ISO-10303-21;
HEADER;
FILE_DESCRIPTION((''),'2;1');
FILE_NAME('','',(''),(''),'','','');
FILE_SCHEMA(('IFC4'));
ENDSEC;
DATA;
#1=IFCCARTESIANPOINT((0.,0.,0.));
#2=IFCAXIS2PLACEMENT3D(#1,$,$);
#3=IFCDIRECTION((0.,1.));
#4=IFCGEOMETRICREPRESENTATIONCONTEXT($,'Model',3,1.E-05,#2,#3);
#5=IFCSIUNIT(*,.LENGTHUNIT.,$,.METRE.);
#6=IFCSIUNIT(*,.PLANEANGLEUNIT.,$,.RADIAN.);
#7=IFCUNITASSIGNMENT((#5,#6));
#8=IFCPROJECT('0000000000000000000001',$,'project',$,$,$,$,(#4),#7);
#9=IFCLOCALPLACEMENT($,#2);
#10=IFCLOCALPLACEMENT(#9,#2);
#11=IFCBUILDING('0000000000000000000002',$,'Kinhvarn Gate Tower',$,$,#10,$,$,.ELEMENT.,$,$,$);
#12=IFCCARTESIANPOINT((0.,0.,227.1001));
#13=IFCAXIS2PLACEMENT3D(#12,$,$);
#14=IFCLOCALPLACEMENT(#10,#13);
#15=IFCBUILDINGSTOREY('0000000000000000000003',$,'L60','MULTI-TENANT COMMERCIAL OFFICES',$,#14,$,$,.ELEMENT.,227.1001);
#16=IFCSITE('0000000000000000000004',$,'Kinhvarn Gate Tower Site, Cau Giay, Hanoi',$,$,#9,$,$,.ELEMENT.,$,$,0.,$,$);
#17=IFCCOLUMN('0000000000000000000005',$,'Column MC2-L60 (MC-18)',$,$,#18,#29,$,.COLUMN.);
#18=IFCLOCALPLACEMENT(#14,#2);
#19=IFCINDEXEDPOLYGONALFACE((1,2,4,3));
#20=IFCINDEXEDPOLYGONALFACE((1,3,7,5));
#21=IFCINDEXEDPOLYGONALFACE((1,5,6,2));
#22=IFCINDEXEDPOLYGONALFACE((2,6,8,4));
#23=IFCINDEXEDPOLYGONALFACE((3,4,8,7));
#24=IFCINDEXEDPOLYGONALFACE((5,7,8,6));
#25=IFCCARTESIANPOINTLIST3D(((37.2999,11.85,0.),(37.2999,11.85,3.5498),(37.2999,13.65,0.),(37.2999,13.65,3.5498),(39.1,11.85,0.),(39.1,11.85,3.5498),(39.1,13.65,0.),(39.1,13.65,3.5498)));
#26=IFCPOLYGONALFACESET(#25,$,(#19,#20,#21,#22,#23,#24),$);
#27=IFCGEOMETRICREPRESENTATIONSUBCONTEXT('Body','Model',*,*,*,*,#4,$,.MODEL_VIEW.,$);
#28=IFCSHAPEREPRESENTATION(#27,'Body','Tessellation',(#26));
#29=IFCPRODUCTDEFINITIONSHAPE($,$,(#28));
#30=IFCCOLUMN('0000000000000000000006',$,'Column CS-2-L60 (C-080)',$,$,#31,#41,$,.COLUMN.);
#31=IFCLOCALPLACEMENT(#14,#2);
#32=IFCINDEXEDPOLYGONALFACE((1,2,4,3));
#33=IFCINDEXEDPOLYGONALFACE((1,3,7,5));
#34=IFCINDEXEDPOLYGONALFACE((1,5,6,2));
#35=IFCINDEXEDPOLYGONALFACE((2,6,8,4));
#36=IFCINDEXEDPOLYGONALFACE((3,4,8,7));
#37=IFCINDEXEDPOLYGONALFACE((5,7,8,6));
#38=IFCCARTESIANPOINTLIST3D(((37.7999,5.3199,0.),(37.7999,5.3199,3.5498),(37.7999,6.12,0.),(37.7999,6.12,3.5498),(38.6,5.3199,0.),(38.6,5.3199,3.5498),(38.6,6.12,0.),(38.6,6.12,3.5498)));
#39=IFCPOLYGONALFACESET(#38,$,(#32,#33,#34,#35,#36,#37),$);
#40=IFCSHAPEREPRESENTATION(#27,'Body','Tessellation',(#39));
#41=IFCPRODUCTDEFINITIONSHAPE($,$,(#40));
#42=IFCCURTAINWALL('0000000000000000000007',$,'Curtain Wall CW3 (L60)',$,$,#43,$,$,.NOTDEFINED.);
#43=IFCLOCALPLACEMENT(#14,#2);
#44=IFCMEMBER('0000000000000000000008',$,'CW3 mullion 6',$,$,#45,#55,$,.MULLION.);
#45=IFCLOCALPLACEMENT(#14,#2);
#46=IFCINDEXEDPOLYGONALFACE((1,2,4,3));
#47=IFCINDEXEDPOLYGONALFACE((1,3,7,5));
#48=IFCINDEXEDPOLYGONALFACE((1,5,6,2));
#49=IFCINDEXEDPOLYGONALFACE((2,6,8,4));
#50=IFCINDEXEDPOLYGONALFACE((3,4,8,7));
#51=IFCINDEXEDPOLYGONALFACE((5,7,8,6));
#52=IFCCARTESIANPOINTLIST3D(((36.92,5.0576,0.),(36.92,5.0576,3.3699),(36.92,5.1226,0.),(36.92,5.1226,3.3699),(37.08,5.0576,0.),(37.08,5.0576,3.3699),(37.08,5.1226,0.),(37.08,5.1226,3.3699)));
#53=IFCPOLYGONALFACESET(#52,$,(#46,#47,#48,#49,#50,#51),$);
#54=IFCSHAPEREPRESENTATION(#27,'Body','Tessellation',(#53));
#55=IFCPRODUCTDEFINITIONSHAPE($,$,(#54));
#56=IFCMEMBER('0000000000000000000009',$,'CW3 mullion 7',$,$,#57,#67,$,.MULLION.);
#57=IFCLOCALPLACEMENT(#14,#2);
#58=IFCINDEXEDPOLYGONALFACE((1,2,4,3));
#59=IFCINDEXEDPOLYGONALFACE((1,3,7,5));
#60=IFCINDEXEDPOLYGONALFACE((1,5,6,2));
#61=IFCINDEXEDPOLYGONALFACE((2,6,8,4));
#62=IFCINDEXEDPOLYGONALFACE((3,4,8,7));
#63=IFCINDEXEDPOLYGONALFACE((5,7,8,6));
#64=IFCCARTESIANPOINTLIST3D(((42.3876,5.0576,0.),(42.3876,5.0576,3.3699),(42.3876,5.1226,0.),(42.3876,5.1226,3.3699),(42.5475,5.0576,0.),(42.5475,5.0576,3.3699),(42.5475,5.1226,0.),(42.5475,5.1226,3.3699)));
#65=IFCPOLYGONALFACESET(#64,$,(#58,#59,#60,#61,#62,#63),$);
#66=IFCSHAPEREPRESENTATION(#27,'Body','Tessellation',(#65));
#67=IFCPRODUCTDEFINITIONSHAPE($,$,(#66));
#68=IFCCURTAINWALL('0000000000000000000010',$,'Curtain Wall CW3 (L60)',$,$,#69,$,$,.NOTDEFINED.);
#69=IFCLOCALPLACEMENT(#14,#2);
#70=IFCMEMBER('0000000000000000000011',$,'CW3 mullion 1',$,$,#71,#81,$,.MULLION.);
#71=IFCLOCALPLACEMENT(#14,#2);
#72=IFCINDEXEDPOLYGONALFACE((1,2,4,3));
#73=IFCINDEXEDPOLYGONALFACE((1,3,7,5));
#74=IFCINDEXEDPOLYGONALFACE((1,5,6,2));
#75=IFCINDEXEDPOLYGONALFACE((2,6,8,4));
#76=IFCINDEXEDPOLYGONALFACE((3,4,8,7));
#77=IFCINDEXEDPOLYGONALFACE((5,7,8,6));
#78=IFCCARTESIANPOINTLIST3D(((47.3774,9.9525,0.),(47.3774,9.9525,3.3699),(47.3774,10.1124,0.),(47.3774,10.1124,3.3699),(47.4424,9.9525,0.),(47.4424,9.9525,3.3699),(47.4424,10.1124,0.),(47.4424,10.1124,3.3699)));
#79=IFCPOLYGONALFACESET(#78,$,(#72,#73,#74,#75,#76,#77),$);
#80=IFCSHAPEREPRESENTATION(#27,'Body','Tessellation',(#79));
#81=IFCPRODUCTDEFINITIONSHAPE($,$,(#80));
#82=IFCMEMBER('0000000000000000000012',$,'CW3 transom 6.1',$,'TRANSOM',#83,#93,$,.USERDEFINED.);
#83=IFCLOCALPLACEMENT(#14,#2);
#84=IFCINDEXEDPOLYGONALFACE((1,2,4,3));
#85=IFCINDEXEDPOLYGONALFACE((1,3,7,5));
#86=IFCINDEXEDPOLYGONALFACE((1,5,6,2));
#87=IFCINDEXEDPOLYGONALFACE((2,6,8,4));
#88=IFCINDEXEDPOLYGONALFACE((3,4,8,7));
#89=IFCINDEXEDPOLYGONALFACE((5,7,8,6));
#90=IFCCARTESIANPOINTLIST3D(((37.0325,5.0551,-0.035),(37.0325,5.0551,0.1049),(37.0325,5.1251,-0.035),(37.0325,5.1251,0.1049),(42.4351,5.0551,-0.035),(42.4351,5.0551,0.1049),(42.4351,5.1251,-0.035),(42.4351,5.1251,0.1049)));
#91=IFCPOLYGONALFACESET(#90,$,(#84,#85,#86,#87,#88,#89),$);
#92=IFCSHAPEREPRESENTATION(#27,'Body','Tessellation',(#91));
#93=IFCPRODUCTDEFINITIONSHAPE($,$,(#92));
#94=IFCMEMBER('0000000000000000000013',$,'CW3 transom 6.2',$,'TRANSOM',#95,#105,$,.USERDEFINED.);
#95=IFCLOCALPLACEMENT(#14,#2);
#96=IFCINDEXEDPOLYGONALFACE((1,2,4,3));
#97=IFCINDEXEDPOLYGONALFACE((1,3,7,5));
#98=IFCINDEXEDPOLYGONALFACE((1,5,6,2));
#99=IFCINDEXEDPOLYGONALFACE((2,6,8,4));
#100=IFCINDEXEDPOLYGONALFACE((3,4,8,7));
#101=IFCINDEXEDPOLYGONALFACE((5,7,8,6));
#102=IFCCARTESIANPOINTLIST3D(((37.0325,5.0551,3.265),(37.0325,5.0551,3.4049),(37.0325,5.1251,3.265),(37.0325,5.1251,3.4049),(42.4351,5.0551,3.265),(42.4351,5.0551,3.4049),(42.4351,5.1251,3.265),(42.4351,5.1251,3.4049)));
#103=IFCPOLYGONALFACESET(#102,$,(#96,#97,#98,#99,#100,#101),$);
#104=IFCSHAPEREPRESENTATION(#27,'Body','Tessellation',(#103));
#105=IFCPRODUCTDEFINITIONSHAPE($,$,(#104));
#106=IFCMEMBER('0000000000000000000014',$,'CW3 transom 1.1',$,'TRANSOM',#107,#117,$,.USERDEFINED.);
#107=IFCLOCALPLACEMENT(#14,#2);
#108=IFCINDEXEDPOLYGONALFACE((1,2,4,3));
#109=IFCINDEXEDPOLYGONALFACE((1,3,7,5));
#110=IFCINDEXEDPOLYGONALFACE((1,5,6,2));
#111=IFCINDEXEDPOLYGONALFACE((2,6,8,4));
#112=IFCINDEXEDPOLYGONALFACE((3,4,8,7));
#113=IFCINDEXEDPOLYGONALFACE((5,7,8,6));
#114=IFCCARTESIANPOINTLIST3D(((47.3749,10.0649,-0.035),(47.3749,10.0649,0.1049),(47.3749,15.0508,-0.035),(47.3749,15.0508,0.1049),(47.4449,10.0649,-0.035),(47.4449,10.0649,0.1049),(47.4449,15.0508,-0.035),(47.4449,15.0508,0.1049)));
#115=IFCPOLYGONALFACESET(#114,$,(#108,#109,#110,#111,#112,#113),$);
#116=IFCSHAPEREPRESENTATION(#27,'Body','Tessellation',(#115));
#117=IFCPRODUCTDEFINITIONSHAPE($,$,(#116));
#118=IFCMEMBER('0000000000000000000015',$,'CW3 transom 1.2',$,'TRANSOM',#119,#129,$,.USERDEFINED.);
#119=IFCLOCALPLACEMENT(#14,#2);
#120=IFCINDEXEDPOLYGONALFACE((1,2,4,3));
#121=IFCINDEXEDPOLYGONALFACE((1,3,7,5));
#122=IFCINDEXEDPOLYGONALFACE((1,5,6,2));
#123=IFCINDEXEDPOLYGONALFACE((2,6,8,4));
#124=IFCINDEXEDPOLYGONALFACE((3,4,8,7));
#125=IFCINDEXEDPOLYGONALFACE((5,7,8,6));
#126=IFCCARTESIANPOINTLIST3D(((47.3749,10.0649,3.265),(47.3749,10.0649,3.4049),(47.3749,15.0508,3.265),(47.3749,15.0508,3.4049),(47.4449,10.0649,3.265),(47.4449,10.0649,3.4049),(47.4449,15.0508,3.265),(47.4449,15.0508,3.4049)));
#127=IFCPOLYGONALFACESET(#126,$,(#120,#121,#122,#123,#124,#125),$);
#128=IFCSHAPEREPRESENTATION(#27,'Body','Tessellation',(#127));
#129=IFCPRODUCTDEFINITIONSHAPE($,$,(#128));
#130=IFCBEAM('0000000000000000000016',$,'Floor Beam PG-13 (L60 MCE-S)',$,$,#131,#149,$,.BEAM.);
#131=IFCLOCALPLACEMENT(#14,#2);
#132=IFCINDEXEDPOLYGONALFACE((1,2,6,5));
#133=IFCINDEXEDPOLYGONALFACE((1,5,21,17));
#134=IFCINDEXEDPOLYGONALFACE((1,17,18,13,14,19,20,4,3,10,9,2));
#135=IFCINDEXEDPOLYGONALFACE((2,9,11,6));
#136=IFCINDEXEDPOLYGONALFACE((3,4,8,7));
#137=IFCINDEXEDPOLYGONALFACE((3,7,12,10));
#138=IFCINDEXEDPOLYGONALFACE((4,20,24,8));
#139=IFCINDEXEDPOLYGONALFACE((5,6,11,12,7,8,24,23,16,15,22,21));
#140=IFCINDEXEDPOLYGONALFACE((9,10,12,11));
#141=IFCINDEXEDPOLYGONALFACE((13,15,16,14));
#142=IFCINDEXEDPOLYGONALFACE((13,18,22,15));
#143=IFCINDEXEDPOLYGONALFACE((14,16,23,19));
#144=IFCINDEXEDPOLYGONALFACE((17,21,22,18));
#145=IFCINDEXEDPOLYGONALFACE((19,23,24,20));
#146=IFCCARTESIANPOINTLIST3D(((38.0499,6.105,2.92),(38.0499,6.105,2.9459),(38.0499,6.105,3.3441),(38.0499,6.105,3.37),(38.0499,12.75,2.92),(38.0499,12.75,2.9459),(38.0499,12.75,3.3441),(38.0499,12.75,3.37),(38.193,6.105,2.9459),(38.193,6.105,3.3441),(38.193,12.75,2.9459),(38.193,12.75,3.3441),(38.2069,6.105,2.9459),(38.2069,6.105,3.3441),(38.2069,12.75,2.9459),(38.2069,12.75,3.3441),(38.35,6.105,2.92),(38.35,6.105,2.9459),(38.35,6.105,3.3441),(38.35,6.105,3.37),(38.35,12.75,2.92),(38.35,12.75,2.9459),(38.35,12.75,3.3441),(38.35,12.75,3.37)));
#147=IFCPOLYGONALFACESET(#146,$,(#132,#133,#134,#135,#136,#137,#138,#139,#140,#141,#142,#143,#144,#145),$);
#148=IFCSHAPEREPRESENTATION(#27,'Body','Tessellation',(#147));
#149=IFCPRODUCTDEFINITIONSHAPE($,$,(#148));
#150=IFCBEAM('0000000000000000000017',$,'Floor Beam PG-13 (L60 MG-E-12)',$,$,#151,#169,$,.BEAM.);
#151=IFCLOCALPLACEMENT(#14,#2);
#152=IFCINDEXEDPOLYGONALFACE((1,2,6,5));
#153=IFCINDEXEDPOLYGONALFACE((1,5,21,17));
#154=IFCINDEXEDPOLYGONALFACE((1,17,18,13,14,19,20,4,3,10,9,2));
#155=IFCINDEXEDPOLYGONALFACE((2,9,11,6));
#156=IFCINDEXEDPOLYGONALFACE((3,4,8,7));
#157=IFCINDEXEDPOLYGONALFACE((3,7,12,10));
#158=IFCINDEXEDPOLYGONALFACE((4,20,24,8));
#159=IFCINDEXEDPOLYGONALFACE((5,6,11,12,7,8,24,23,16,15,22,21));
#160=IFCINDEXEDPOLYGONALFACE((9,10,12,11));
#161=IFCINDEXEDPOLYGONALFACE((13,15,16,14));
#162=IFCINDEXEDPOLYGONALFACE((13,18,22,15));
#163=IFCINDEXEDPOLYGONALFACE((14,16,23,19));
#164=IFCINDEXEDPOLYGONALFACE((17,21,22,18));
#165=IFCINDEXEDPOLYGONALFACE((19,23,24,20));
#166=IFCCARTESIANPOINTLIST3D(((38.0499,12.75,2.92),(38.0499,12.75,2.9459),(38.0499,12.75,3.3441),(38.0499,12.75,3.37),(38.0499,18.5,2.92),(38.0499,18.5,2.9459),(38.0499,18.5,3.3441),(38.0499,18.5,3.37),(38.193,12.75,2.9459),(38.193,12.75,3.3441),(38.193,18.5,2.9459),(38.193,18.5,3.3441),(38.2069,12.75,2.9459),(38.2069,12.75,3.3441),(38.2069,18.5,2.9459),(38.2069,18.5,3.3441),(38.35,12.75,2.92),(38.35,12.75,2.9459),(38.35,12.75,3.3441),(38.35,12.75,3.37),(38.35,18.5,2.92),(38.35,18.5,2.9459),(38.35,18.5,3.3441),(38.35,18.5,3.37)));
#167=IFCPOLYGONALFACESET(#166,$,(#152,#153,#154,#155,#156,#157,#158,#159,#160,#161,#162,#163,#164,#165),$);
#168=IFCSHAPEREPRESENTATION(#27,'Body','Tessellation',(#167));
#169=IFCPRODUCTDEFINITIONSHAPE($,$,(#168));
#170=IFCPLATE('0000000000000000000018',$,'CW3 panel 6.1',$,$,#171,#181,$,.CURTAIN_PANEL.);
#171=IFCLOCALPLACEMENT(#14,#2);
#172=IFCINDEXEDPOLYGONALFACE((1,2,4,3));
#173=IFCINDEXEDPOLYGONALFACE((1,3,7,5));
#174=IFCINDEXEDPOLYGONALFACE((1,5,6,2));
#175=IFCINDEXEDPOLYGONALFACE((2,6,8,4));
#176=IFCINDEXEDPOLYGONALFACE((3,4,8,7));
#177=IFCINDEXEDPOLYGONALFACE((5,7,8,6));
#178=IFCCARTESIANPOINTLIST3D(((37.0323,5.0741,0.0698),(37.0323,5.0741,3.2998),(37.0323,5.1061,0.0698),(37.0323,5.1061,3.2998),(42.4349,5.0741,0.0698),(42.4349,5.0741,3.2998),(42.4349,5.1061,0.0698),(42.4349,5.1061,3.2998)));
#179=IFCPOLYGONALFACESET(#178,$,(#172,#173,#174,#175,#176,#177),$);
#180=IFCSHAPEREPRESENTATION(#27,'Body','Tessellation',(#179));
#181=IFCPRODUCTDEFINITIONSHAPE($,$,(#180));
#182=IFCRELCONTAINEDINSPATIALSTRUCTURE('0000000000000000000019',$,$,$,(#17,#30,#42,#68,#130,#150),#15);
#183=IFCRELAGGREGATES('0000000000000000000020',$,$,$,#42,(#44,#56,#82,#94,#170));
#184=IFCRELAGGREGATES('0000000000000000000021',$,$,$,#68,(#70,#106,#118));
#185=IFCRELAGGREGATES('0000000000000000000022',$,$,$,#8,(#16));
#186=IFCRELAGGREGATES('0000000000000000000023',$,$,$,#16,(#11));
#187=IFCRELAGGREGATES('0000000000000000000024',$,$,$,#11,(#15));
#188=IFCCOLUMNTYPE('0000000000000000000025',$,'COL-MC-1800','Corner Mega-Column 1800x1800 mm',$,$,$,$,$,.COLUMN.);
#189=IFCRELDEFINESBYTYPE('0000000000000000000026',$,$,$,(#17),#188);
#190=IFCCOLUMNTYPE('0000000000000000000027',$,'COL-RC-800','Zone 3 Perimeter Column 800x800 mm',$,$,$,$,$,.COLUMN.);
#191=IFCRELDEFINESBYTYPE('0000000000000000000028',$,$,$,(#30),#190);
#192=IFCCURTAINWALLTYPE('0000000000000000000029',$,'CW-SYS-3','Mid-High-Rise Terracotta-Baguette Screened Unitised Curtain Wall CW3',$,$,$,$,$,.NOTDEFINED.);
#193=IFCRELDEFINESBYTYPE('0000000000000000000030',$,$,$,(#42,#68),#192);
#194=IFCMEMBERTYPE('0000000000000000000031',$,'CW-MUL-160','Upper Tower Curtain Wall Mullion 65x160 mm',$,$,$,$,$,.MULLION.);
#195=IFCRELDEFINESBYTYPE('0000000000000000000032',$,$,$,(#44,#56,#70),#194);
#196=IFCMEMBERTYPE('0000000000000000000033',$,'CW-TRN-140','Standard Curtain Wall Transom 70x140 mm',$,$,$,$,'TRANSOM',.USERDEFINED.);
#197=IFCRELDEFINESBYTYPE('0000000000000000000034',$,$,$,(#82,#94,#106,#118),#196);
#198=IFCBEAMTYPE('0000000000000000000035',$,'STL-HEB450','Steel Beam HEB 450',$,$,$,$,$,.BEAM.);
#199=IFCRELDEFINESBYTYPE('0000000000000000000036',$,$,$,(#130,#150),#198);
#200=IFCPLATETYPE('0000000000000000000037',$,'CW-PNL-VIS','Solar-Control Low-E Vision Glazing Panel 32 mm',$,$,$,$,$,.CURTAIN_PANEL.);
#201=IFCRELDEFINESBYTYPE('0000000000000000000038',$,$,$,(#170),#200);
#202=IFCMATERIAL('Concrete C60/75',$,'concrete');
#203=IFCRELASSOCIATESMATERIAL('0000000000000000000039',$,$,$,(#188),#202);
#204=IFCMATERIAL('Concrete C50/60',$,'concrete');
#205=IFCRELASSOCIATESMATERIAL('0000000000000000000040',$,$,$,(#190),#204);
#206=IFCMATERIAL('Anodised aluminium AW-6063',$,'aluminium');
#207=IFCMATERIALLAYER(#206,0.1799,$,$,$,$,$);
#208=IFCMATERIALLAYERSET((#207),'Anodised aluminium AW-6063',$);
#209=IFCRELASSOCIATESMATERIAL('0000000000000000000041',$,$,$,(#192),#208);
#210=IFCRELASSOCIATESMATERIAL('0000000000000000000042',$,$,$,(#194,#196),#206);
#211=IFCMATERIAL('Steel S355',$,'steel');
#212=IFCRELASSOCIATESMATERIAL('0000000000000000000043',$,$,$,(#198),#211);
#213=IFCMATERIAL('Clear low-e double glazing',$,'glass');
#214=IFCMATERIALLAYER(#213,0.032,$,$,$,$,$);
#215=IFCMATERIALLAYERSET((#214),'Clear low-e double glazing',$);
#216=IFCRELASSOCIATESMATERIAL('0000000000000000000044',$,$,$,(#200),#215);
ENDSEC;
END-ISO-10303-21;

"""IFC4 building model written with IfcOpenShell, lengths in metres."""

from ifc_helpers import new_model, si_unit, direction, frame, origin, origin_2d, place, context, subcontext, project, spatial, rectangle, i_section, extrude, material, layer, layer_set, material_profile, profile_set, type_object, element, aggregate, save


model = new_model("IFC4")

# Units and contexts
model_context = context("Model", 3, precision=1e-05, world=origin(), true_north=direction((0.0, 1.0)))
body_context = subcontext(model_context, "Body", "Model", "MODEL_VIEW")
ifc_project = project(units=[si_unit("LENGTHUNIT", "METRE"), si_unit("PLANEANGLEUNIT", "RADIAN")], contexts=[model_context])

# Site, building, storey
site_placement = place(None, origin())
site = spatial("IfcSite", under=ifc_project, at=site_placement, Name="Kinhvarn Gate Tower Site, Cau Giay, Hanoi", CompositionType="ELEMENT", RefElevation=0.0)
building_placement = place(site_placement, origin())
building = spatial("IfcBuilding", under=site, at=building_placement, Name="Kinhvarn Gate Tower", CompositionType="ELEMENT")
storey_placement = place(building_placement, frame((0.0, 0.0, 227.1001)))
storey = spatial("IfcBuildingStorey", under=building, at=storey_placement, Name="L60", Description="MULTI-TENANT COMMERCIAL OFFICES", CompositionType="ELEMENT", Elevation=227.1001)

# Columns
ifc_material_1 = material(Name="Concrete C60/75", Category="concrete")
ifc_material_profile_1 = material_profile(ifc_material_1, rectangle(XDim=1.8, YDim=1.8, at=origin_2d()), Name="RC 1800x1800")
ifc_profile_set_1 = profile_set([ifc_material_profile_1], Name="Concrete C60/75")
column_type_1 = type_object("IfcColumnType", Name="COL-MC-1800", Description="Corner Mega-Column 1800x1800 mm", PredefinedType="COLUMN", material=ifc_profile_set_1)
column_1_placement = place(storey_placement, frame((38.2, 12.75, 0.0), z_axis=(0.0, 0.0, 1.0), x_axis=(1.0, 0.0, 0.0)))
element("IfcColumn", 1, at=column_1_placement, inside=storey, type_object=column_type_1, Name="Column MC2-L60 (MC-18)", PredefinedType="COLUMN", context=body_context, shape_type="SweptSolid", body=[
    extrude(rectangle(XDim=1.8, YDim=1.8, at=origin_2d()), origin(), (0.0, 0.0, 1.0), 3.5498),
])
ifc_material_2 = material(Name="Concrete C50/60", Category="concrete")
ifc_material_profile_2 = material_profile(ifc_material_2, rectangle(XDim=0.8, YDim=0.8, at=origin_2d()), Name="RC 800x800")
ifc_profile_set_2 = profile_set([ifc_material_profile_2], Name="Concrete C50/60")
column_type_2 = type_object("IfcColumnType", Name="COL-RC-800", Description="Zone 3 Perimeter Column 800x800 mm", PredefinedType="COLUMN", material=ifc_profile_set_2)
column_2_placement = place(storey_placement, frame((38.2, 5.72, 0.0), z_axis=(0.0, 0.0, 1.0), x_axis=(1.0, 0.0, 0.0)))
element("IfcColumn", 2, at=column_2_placement, inside=storey, type_object=column_type_2, Name="Column CS-2-L60 (C-080)", PredefinedType="COLUMN", context=body_context, shape_type="SweptSolid", body=[
    extrude(rectangle(XDim=0.8, YDim=0.8, at=origin_2d()), origin(), (0.0, 0.0, 1.0), 3.5498),
])

# Curtain wall, members
ifc_material_3 = material(Name="Anodised aluminium AW-6063", Category="aluminium")
ifc_layer_1 = layer(ifc_material_3, 0.1799)
ifc_layer_set_1 = layer_set([ifc_layer_1], Name="Anodised aluminium AW-6063")
curtain_wall_type = type_object("IfcCurtainWallType", Name="CW-SYS-3", Description="Mid-High-Rise Terracotta-Baguette Screened Unitised Curtain Wall CW3", PredefinedType="NOTDEFINED", material=ifc_layer_set_1)
curtain_wall_1_placement = place(storey_placement, origin())
curtain_wall_1 = element("IfcCurtainWall", 3, at=curtain_wall_1_placement, inside=storey, type_object=curtain_wall_type, Name="Curtain Wall CW3 (L60)", PredefinedType="NOTDEFINED")
ifc_material_profile_3 = material_profile(ifc_material_3, rectangle(XDim=0.0649, YDim=0.1599, at=origin_2d()), Name="ALU 65x160")
ifc_profile_set_3 = profile_set([ifc_material_profile_3], Name="Anodised aluminium AW-6063")
member_type_1 = type_object("IfcMemberType", Name="CW-MUL-160", Description="Upper Tower Curtain Wall Mullion 65x160 mm", PredefinedType="MULLION", material=ifc_profile_set_3)
member_1_placement = place(storey_placement, frame((37.0, 5.0901, 0.0), z_axis=(0.0, 0.0, 1.0), x_axis=(0.0, 1.0, 0.0)))
member_1 = element("IfcMember", 4, at=member_1_placement, type_object=member_type_1, Name="CW3 mullion 6", PredefinedType="MULLION", context=body_context, shape_type="SweptSolid", body=[
    extrude(rectangle(XDim=0.0649, YDim=0.1599, at=origin_2d()), origin(), (0.0, 0.0, 1.0), 3.3699),
])
member_2_placement = place(storey_placement, frame((42.4675, 5.0901, 0.0), z_axis=(0.0, 0.0, 1.0), x_axis=(0.0, 1.0, 0.0)))
member_2 = element("IfcMember", 5, at=member_2_placement, type_object=member_type_1, Name="CW3 mullion 7", PredefinedType="MULLION", context=body_context, shape_type="SweptSolid", body=[
    extrude(rectangle(XDim=0.0649, YDim=0.1599, at=origin_2d()), origin(), (0.0, 0.0, 1.0), 3.3699),
])

# Curtain wall, member
curtain_wall_2_placement = place(storey_placement, origin())
curtain_wall_2 = element("IfcCurtainWall", 6, at=curtain_wall_2_placement, inside=storey, type_object=curtain_wall_type, Name="Curtain Wall CW3 (L60)", PredefinedType="NOTDEFINED")
member_3_placement = place(storey_placement, frame((47.4099, 10.0325, 0.0), z_axis=(0.0, 0.0, 1.0), x_axis=(-1.0, 0.0, 0.0)))
member_3 = element("IfcMember", 7, at=member_3_placement, type_object=member_type_1, Name="CW3 mullion 1", PredefinedType="MULLION", context=body_context, shape_type="SweptSolid", body=[
    extrude(rectangle(XDim=0.0649, YDim=0.1599, at=origin_2d()), origin(), (0.0, 0.0, 1.0), 3.3699),
])

# Members
ifc_material_profile_4 = material_profile(ifc_material_3, rectangle(XDim=0.0701, YDim=0.1399, at=origin_2d()), Name="ALU 70x140")
ifc_profile_set_4 = profile_set([ifc_material_profile_4], Name="Anodised aluminium AW-6063")
member_type_2 = type_object("IfcMemberType", Name="CW-TRN-140", Description="Standard Curtain Wall Transom 70x140 mm", ElementType="TRANSOM", PredefinedType="USERDEFINED", material=ifc_profile_set_4)
member_4_placement = place(storey_placement, frame((37.0325, 5.0901, 0.0349), z_axis=(1.0, 0.0, 0.0), x_axis=(0.0, 1.0, 0.0)))
member_4 = element("IfcMember", 8, at=member_4_placement, type_object=member_type_2, Name="CW3 transom 6.1", ObjectType="TRANSOM", PredefinedType="USERDEFINED", context=body_context, shape_type="SweptSolid", body=[
    extrude(rectangle(XDim=0.0701, YDim=0.1399, at=origin_2d()), origin(), (0.0, 0.0, 1.0), 5.4026),
])
member_5_placement = place(storey_placement, frame((37.0325, 5.0901, 3.335), z_axis=(1.0, 0.0, 0.0), x_axis=(0.0, 1.0, 0.0)))
member_5 = element("IfcMember", 9, at=member_5_placement, type_object=member_type_2, Name="CW3 transom 6.2", ObjectType="TRANSOM", PredefinedType="USERDEFINED", context=body_context, shape_type="SweptSolid", body=[
    extrude(rectangle(XDim=0.0701, YDim=0.1399, at=origin_2d()), origin(), (0.0, 0.0, 1.0), 5.4026),
])
member_6_placement = place(storey_placement, frame((47.4099, 10.0649, 0.0349), z_axis=(0.0, 1.0, 0.0), x_axis=(-1.0, 0.0, 0.0)))
member_6 = element("IfcMember", 10, at=member_6_placement, type_object=member_type_2, Name="CW3 transom 1.1", ObjectType="TRANSOM", PredefinedType="USERDEFINED", context=body_context, shape_type="SweptSolid", body=[
    extrude(rectangle(XDim=0.0701, YDim=0.1399, at=origin_2d()), origin(), (0.0, 0.0, 1.0), 4.9858),
])
member_7_placement = place(storey_placement, frame((47.4099, 10.0649, 3.335), z_axis=(0.0, 1.0, 0.0), x_axis=(-1.0, 0.0, 0.0)))
member_7 = element("IfcMember", 11, at=member_7_placement, type_object=member_type_2, Name="CW3 transom 1.2", ObjectType="TRANSOM", PredefinedType="USERDEFINED", context=body_context, shape_type="SweptSolid", body=[
    extrude(rectangle(XDim=0.0701, YDim=0.1399, at=origin_2d()), origin(), (0.0, 0.0, 1.0), 4.9858),
])

# Beams
ifc_material_4 = material(Name="Steel S355", Category="steel")
ifc_material_profile_5 = material_profile(ifc_material_4, i_section(OverallWidth=0.3, OverallDepth=0.45, WebThickness=0.0139, FlangeThickness=0.0259, at=origin_2d()), Name="HEB 450")
ifc_profile_set_5 = profile_set([ifc_material_profile_5], Name="Steel S355")
beam_type = type_object("IfcBeamType", Name="STL-HEB450", Description="Steel Beam HEB 450", PredefinedType="BEAM", material=ifc_profile_set_5)
beam_1_placement = place(storey_placement, frame((38.2, 6.105, 3.145), z_axis=(0.0, 1.0, 0.0), x_axis=(-1.0, 0.0, 0.0)))
element("IfcBeam", 12, at=beam_1_placement, inside=storey, type_object=beam_type, Name="Floor Beam PG-13 (L60 MCE-S)", PredefinedType="BEAM", context=body_context, shape_type="SweptSolid", body=[
    extrude(i_section(OverallWidth=0.3, OverallDepth=0.45, WebThickness=0.0139, FlangeThickness=0.0259, at=origin_2d()), origin(), (0.0, 0.0, 1.0), 6.645),
])
beam_2_placement = place(storey_placement, frame((38.2, 12.75, 3.145), z_axis=(0.0, 1.0, 0.0), x_axis=(-1.0, 0.0, 0.0)))
element("IfcBeam", 13, at=beam_2_placement, inside=storey, type_object=beam_type, Name="Floor Beam PG-13 (L60 MG-E-12)", PredefinedType="BEAM", context=body_context, shape_type="SweptSolid", body=[
    extrude(i_section(OverallWidth=0.3, OverallDepth=0.45, WebThickness=0.0139, FlangeThickness=0.0259, at=origin_2d()), origin(), (0.0, 0.0, 1.0), 5.75),
])

# Plate
ifc_material_5 = material(Name="Clear low-e double glazing", Category="glass")
ifc_layer_2 = layer(ifc_material_5, 0.032)
ifc_layer_set_2 = layer_set([ifc_layer_2], Name="Clear low-e double glazing")
plate_type = type_object("IfcPlateType", Name="CW-PNL-VIS", Description="Solar-Control Low-E Vision Glazing Panel 32 mm", PredefinedType="CURTAIN_PANEL", material=ifc_layer_set_2)
plate_1_placement = place(storey_placement, frame((39.7336, 5.0901, 0.0698), z_axis=(0.0, 0.0, 1.0), x_axis=(1.0, 0.0, 0.0)))
plate_1 = element("IfcPlate", 14, at=plate_1_placement, type_object=plate_type, Name="CW3 panel 6.1", PredefinedType="CURTAIN_PANEL", context=body_context, shape_type="SweptSolid", body=[
    extrude(rectangle(XDim=5.4026, YDim=0.032, at=origin_2d()), origin(), (0.0, 0.0, 1.0), 3.23),
])
aggregate(curtain_wall_1, [member_1, member_2, member_4, member_5, plate_1])
aggregate(curtain_wall_2, [member_3, member_6, member_7])

save(model, "model.ifc")
